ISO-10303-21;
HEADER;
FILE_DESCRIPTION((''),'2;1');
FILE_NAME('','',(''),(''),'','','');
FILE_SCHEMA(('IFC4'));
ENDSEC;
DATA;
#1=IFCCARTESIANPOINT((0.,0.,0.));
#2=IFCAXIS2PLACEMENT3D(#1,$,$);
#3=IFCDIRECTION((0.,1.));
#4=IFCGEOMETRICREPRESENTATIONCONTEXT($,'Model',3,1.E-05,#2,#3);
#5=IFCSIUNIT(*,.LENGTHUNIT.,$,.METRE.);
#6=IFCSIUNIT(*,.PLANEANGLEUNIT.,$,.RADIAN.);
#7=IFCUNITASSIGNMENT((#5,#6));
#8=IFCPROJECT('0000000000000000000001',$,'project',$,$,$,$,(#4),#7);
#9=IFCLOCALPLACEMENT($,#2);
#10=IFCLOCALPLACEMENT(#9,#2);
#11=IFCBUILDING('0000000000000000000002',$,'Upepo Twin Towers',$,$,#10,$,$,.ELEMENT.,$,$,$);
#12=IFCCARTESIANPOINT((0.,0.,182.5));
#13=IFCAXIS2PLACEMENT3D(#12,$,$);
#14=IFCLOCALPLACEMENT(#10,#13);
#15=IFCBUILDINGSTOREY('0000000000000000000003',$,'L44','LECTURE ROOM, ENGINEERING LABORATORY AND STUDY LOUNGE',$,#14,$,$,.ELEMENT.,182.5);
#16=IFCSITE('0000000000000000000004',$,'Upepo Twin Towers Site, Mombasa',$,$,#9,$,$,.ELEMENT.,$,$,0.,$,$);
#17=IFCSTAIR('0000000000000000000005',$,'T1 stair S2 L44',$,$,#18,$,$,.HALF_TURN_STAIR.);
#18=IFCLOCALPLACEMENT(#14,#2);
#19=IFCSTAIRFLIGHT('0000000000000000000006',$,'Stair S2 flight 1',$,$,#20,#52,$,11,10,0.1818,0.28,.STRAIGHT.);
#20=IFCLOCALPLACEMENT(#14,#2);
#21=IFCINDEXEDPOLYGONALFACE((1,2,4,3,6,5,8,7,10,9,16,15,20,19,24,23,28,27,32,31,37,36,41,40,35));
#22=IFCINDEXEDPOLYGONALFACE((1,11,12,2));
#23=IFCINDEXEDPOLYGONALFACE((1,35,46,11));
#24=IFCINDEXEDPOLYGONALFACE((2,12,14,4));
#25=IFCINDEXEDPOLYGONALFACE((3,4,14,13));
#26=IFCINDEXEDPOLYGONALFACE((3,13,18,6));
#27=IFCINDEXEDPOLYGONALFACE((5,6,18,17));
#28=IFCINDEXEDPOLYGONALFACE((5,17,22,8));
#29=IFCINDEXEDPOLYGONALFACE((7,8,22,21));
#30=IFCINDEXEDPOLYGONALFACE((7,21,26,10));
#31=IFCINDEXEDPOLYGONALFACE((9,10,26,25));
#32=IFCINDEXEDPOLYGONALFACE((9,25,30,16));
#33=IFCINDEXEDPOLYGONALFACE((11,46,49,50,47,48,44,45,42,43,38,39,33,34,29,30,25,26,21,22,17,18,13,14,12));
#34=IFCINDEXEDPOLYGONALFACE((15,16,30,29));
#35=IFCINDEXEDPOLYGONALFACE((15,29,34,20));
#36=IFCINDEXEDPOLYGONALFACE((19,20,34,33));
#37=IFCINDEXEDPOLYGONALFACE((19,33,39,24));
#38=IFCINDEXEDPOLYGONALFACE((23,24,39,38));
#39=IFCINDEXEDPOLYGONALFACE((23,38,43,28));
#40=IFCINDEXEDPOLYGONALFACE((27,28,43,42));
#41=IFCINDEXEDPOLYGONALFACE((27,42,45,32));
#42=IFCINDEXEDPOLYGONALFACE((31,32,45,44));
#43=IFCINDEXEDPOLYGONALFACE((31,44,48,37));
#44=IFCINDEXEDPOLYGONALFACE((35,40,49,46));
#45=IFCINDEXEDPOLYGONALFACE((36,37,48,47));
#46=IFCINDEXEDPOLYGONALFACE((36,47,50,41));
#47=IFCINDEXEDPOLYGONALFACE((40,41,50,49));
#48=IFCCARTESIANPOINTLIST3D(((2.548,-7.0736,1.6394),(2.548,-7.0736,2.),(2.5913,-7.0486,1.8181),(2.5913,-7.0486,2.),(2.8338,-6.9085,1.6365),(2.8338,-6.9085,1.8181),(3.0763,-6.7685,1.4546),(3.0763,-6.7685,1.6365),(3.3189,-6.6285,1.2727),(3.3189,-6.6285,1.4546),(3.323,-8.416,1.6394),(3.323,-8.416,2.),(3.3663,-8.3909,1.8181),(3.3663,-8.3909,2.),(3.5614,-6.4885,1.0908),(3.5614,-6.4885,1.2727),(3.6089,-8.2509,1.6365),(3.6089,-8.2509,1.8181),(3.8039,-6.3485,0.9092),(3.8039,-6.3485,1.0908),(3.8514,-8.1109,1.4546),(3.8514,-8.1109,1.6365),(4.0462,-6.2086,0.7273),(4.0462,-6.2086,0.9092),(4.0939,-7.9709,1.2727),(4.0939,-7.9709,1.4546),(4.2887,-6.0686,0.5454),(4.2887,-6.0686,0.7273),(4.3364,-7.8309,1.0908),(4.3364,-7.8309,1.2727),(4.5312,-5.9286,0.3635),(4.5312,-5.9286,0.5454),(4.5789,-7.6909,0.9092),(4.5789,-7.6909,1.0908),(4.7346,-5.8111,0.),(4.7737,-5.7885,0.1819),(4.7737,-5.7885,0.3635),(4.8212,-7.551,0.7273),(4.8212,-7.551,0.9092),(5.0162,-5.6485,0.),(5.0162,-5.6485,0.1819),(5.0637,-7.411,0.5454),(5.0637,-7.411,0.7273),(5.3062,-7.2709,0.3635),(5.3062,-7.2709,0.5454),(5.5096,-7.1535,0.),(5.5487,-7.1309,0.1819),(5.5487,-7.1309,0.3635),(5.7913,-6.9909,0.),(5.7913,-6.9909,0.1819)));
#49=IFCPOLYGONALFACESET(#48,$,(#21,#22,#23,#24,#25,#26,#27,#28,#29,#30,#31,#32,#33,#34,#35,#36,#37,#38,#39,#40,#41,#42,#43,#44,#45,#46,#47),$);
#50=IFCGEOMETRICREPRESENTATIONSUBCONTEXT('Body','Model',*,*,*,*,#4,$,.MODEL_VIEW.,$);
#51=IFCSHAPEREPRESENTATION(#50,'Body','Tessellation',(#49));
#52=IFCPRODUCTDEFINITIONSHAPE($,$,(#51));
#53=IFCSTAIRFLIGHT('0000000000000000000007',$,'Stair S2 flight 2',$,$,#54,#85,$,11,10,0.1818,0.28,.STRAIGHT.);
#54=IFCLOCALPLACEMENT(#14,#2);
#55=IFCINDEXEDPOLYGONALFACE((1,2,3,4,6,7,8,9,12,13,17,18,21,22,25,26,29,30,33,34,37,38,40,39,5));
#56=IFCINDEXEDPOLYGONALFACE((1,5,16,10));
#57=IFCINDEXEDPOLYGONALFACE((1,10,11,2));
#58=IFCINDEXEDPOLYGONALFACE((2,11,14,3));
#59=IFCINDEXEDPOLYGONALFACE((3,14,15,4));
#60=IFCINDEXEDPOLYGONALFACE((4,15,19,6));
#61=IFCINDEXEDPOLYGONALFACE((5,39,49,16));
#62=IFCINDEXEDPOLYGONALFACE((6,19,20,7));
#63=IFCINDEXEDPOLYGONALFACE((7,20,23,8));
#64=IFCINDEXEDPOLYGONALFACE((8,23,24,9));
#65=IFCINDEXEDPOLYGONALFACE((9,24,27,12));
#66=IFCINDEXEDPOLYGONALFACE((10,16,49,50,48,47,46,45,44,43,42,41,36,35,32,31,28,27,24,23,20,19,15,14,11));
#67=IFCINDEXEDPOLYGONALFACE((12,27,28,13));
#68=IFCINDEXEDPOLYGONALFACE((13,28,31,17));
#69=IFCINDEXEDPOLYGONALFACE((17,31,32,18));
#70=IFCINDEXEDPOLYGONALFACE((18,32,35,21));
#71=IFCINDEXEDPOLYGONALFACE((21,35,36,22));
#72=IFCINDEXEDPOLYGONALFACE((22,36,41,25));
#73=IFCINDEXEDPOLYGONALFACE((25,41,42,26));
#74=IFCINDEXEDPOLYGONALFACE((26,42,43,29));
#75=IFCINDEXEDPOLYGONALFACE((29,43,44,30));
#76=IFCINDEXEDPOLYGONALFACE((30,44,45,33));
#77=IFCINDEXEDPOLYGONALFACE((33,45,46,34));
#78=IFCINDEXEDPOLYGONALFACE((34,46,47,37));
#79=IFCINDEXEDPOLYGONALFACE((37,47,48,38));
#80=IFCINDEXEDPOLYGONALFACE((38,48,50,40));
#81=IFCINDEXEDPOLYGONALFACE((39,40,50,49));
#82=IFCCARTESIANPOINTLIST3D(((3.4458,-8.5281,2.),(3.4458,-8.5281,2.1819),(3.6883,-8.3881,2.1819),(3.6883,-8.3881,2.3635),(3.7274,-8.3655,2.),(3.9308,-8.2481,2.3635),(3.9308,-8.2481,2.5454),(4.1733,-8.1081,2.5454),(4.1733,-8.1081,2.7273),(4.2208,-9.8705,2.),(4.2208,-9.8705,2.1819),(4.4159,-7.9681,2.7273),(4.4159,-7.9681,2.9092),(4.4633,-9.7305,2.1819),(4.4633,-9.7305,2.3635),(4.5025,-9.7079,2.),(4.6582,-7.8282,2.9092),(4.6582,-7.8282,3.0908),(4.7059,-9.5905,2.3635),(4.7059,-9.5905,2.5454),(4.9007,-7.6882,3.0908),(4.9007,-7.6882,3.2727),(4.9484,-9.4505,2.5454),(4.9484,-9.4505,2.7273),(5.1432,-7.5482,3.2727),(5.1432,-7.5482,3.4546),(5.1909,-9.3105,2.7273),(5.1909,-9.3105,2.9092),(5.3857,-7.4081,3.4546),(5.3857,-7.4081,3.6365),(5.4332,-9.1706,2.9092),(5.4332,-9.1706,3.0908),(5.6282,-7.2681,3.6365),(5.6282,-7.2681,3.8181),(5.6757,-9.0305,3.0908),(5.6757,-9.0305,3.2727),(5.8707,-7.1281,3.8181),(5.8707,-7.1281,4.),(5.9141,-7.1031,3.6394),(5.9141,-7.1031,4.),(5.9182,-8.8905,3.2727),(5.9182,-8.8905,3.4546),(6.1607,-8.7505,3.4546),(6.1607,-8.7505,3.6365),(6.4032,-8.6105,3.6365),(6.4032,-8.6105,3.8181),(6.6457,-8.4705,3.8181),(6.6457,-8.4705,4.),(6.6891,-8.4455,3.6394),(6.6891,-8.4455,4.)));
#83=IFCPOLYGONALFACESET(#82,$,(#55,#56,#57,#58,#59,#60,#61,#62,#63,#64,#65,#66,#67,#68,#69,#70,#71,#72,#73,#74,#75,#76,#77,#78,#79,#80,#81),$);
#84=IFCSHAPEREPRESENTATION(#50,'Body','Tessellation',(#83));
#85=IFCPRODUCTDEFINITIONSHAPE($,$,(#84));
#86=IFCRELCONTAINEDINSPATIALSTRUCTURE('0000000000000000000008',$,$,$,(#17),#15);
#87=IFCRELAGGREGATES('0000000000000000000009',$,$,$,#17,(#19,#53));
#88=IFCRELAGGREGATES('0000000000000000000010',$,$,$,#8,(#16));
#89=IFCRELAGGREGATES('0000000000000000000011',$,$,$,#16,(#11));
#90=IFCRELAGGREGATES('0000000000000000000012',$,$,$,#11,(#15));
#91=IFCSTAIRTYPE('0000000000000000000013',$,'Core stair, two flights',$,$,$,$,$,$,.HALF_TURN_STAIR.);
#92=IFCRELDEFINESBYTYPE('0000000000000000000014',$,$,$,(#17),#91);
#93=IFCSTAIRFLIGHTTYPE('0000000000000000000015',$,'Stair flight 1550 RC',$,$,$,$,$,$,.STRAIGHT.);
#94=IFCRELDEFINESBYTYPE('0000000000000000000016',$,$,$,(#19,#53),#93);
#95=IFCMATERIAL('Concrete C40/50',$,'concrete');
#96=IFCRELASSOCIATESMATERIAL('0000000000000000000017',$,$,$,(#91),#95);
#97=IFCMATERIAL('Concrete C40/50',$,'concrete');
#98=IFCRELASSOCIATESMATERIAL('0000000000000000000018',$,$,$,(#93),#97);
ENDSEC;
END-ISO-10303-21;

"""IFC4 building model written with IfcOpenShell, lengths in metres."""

from ifc_helpers import new_model, si_unit, direction, frame, origin, place, context, subcontext, project, spatial, polyline, outline, extrude, material, type_object, element, aggregate, save


model = new_model("IFC4")

# Units and contexts
model_context = context("Model", 3, precision=1e-05, world=origin(), true_north=direction((0.0, 1.0)))
body_context = subcontext(model_context, "Body", "Model", "MODEL_VIEW")
ifc_project = project(units=[si_unit("LENGTHUNIT", "METRE"), si_unit("PLANEANGLEUNIT", "RADIAN")], contexts=[model_context])

# Site, building, storey
site_placement = place(None, origin())
site = spatial("IfcSite", under=ifc_project, at=site_placement, Name="Upepo Twin Towers Site, Mombasa", CompositionType="ELEMENT", RefElevation=0.0)
building_placement = place(site_placement, origin())
building = spatial("IfcBuilding", under=site, at=building_placement, Name="Upepo Twin Towers", CompositionType="ELEMENT")
storey_placement = place(building_placement, frame((0.0, 0.0, 182.5)))
storey = spatial("IfcBuildingStorey", under=building, at=storey_placement, Name="L44", Description="LECTURE ROOM, ENGINEERING LABORATORY AND STUDY LOUNGE", CompositionType="ELEMENT", Elevation=182.5)

# Shared definitions
ifc_material_1 = material(Name="Concrete C40/50", Category="concrete")
stair_type = type_object("IfcStairType", Name="Core stair, two flights", PredefinedType="HALF_TURN_STAIR", material=ifc_material_1)

# Stair
stair_1_placement = place(storey_placement, origin())
stair_1 = element("IfcStair", 1, at=stair_1_placement, inside=storey, type_object=stair_type, Name="T1 stair S2 L44", PredefinedType="HALF_TURN_STAIR")

# Stair flights
ifc_material_2 = material(Name="Concrete C40/50", Category="concrete")
stair_flight_type = type_object("IfcStairFlightType", Name="Stair flight 1550 RC", PredefinedType="STRAIGHT", material=ifc_material_2)
stair_flight_1_placement = place(storey_placement, frame((5.4038, -6.3198, 0.0), z_axis=(0.0, 0.0, 1.0), x_axis=(-0.866025, -0.5, 0.0)))
stair_flight_1 = element("IfcStairFlight", 2, at=stair_flight_1_placement, type_object=stair_flight_type, Name="Stair S2 flight 1", NumberOfRisers=11, NumberOfTreads=10, PredefinedType="STRAIGHT", RiserHeight=0.1818, TreadLength=0.28, context=body_context, shape_type="SweptSolid", body=[
    extrude(outline(polyline([(0.0, 0.0), (0.0, 0.1819), (0.28, 0.1819), (0.28, 0.3635), (0.5601, 0.3635), (0.5601, 0.5454), (0.8401, 0.5454), (0.8401, 0.7273), (1.1201, 0.7273), (1.1201, 0.9092), (1.3999, 0.9092), (1.3999, 1.0908), (1.6799, 1.0908), (1.6799, 1.2727), (1.96, 1.2727), (1.96, 1.4546), (2.24, 1.4546), (2.24, 1.6365), (2.52, 1.6365), (2.52, 1.8181), (2.8, 1.8181), (2.8, 2.0), (2.8501, 2.0), (2.8501, 1.6394), (0.3252, 0.0), (0.0, 0.0)])), frame((0.0, 0.7749, 0.0), z_axis=(0.0, -1.0, 0.0), x_axis=(1.0, 0.0, 0.0)), (0.0, 0.0, 1.0), 1.55),
])
stair_flight_2_placement = place(storey_placement, frame((3.8333, -9.1992, 2.0), z_axis=(0.0, 0.0, 1.0), x_axis=(0.866025, 0.5, 0.0)))
stair_flight_2 = element("IfcStairFlight", 3, at=stair_flight_2_placement, type_object=stair_flight_type, Name="Stair S2 flight 2", NumberOfRisers=11, NumberOfTreads=10, PredefinedType="STRAIGHT", RiserHeight=0.1818, TreadLength=0.28, context=body_context, shape_type="SweptSolid", body=[
    extrude(outline(polyline([(0.0, 0.0), (0.0, 0.1819), (0.28, 0.1819), (0.28, 0.3635), (0.5601, 0.3635), (0.5601, 0.5454), (0.8401, 0.5454), (0.8401, 0.7273), (1.1201, 0.7273), (1.1201, 0.9092), (1.3999, 0.9092), (1.3999, 1.0908), (1.6799, 1.0908), (1.6799, 1.2727), (1.96, 1.2727), (1.96, 1.4546), (2.24, 1.4546), (2.24, 1.6365), (2.52, 1.6365), (2.52, 1.8181), (2.8, 1.8181), (2.8, 2.0), (2.8501, 2.0), (2.8501, 1.6394), (0.3252, 0.0), (0.0, 0.0)])), frame((0.0, 0.7749, 0.0), z_axis=(0.0, -1.0, 0.0), x_axis=(1.0, 0.0, 0.0)), (0.0, 0.0, 1.0), 1.55),
])
aggregate(stair_1, [stair_flight_1, stair_flight_2])

save(model, "model.ifc")
